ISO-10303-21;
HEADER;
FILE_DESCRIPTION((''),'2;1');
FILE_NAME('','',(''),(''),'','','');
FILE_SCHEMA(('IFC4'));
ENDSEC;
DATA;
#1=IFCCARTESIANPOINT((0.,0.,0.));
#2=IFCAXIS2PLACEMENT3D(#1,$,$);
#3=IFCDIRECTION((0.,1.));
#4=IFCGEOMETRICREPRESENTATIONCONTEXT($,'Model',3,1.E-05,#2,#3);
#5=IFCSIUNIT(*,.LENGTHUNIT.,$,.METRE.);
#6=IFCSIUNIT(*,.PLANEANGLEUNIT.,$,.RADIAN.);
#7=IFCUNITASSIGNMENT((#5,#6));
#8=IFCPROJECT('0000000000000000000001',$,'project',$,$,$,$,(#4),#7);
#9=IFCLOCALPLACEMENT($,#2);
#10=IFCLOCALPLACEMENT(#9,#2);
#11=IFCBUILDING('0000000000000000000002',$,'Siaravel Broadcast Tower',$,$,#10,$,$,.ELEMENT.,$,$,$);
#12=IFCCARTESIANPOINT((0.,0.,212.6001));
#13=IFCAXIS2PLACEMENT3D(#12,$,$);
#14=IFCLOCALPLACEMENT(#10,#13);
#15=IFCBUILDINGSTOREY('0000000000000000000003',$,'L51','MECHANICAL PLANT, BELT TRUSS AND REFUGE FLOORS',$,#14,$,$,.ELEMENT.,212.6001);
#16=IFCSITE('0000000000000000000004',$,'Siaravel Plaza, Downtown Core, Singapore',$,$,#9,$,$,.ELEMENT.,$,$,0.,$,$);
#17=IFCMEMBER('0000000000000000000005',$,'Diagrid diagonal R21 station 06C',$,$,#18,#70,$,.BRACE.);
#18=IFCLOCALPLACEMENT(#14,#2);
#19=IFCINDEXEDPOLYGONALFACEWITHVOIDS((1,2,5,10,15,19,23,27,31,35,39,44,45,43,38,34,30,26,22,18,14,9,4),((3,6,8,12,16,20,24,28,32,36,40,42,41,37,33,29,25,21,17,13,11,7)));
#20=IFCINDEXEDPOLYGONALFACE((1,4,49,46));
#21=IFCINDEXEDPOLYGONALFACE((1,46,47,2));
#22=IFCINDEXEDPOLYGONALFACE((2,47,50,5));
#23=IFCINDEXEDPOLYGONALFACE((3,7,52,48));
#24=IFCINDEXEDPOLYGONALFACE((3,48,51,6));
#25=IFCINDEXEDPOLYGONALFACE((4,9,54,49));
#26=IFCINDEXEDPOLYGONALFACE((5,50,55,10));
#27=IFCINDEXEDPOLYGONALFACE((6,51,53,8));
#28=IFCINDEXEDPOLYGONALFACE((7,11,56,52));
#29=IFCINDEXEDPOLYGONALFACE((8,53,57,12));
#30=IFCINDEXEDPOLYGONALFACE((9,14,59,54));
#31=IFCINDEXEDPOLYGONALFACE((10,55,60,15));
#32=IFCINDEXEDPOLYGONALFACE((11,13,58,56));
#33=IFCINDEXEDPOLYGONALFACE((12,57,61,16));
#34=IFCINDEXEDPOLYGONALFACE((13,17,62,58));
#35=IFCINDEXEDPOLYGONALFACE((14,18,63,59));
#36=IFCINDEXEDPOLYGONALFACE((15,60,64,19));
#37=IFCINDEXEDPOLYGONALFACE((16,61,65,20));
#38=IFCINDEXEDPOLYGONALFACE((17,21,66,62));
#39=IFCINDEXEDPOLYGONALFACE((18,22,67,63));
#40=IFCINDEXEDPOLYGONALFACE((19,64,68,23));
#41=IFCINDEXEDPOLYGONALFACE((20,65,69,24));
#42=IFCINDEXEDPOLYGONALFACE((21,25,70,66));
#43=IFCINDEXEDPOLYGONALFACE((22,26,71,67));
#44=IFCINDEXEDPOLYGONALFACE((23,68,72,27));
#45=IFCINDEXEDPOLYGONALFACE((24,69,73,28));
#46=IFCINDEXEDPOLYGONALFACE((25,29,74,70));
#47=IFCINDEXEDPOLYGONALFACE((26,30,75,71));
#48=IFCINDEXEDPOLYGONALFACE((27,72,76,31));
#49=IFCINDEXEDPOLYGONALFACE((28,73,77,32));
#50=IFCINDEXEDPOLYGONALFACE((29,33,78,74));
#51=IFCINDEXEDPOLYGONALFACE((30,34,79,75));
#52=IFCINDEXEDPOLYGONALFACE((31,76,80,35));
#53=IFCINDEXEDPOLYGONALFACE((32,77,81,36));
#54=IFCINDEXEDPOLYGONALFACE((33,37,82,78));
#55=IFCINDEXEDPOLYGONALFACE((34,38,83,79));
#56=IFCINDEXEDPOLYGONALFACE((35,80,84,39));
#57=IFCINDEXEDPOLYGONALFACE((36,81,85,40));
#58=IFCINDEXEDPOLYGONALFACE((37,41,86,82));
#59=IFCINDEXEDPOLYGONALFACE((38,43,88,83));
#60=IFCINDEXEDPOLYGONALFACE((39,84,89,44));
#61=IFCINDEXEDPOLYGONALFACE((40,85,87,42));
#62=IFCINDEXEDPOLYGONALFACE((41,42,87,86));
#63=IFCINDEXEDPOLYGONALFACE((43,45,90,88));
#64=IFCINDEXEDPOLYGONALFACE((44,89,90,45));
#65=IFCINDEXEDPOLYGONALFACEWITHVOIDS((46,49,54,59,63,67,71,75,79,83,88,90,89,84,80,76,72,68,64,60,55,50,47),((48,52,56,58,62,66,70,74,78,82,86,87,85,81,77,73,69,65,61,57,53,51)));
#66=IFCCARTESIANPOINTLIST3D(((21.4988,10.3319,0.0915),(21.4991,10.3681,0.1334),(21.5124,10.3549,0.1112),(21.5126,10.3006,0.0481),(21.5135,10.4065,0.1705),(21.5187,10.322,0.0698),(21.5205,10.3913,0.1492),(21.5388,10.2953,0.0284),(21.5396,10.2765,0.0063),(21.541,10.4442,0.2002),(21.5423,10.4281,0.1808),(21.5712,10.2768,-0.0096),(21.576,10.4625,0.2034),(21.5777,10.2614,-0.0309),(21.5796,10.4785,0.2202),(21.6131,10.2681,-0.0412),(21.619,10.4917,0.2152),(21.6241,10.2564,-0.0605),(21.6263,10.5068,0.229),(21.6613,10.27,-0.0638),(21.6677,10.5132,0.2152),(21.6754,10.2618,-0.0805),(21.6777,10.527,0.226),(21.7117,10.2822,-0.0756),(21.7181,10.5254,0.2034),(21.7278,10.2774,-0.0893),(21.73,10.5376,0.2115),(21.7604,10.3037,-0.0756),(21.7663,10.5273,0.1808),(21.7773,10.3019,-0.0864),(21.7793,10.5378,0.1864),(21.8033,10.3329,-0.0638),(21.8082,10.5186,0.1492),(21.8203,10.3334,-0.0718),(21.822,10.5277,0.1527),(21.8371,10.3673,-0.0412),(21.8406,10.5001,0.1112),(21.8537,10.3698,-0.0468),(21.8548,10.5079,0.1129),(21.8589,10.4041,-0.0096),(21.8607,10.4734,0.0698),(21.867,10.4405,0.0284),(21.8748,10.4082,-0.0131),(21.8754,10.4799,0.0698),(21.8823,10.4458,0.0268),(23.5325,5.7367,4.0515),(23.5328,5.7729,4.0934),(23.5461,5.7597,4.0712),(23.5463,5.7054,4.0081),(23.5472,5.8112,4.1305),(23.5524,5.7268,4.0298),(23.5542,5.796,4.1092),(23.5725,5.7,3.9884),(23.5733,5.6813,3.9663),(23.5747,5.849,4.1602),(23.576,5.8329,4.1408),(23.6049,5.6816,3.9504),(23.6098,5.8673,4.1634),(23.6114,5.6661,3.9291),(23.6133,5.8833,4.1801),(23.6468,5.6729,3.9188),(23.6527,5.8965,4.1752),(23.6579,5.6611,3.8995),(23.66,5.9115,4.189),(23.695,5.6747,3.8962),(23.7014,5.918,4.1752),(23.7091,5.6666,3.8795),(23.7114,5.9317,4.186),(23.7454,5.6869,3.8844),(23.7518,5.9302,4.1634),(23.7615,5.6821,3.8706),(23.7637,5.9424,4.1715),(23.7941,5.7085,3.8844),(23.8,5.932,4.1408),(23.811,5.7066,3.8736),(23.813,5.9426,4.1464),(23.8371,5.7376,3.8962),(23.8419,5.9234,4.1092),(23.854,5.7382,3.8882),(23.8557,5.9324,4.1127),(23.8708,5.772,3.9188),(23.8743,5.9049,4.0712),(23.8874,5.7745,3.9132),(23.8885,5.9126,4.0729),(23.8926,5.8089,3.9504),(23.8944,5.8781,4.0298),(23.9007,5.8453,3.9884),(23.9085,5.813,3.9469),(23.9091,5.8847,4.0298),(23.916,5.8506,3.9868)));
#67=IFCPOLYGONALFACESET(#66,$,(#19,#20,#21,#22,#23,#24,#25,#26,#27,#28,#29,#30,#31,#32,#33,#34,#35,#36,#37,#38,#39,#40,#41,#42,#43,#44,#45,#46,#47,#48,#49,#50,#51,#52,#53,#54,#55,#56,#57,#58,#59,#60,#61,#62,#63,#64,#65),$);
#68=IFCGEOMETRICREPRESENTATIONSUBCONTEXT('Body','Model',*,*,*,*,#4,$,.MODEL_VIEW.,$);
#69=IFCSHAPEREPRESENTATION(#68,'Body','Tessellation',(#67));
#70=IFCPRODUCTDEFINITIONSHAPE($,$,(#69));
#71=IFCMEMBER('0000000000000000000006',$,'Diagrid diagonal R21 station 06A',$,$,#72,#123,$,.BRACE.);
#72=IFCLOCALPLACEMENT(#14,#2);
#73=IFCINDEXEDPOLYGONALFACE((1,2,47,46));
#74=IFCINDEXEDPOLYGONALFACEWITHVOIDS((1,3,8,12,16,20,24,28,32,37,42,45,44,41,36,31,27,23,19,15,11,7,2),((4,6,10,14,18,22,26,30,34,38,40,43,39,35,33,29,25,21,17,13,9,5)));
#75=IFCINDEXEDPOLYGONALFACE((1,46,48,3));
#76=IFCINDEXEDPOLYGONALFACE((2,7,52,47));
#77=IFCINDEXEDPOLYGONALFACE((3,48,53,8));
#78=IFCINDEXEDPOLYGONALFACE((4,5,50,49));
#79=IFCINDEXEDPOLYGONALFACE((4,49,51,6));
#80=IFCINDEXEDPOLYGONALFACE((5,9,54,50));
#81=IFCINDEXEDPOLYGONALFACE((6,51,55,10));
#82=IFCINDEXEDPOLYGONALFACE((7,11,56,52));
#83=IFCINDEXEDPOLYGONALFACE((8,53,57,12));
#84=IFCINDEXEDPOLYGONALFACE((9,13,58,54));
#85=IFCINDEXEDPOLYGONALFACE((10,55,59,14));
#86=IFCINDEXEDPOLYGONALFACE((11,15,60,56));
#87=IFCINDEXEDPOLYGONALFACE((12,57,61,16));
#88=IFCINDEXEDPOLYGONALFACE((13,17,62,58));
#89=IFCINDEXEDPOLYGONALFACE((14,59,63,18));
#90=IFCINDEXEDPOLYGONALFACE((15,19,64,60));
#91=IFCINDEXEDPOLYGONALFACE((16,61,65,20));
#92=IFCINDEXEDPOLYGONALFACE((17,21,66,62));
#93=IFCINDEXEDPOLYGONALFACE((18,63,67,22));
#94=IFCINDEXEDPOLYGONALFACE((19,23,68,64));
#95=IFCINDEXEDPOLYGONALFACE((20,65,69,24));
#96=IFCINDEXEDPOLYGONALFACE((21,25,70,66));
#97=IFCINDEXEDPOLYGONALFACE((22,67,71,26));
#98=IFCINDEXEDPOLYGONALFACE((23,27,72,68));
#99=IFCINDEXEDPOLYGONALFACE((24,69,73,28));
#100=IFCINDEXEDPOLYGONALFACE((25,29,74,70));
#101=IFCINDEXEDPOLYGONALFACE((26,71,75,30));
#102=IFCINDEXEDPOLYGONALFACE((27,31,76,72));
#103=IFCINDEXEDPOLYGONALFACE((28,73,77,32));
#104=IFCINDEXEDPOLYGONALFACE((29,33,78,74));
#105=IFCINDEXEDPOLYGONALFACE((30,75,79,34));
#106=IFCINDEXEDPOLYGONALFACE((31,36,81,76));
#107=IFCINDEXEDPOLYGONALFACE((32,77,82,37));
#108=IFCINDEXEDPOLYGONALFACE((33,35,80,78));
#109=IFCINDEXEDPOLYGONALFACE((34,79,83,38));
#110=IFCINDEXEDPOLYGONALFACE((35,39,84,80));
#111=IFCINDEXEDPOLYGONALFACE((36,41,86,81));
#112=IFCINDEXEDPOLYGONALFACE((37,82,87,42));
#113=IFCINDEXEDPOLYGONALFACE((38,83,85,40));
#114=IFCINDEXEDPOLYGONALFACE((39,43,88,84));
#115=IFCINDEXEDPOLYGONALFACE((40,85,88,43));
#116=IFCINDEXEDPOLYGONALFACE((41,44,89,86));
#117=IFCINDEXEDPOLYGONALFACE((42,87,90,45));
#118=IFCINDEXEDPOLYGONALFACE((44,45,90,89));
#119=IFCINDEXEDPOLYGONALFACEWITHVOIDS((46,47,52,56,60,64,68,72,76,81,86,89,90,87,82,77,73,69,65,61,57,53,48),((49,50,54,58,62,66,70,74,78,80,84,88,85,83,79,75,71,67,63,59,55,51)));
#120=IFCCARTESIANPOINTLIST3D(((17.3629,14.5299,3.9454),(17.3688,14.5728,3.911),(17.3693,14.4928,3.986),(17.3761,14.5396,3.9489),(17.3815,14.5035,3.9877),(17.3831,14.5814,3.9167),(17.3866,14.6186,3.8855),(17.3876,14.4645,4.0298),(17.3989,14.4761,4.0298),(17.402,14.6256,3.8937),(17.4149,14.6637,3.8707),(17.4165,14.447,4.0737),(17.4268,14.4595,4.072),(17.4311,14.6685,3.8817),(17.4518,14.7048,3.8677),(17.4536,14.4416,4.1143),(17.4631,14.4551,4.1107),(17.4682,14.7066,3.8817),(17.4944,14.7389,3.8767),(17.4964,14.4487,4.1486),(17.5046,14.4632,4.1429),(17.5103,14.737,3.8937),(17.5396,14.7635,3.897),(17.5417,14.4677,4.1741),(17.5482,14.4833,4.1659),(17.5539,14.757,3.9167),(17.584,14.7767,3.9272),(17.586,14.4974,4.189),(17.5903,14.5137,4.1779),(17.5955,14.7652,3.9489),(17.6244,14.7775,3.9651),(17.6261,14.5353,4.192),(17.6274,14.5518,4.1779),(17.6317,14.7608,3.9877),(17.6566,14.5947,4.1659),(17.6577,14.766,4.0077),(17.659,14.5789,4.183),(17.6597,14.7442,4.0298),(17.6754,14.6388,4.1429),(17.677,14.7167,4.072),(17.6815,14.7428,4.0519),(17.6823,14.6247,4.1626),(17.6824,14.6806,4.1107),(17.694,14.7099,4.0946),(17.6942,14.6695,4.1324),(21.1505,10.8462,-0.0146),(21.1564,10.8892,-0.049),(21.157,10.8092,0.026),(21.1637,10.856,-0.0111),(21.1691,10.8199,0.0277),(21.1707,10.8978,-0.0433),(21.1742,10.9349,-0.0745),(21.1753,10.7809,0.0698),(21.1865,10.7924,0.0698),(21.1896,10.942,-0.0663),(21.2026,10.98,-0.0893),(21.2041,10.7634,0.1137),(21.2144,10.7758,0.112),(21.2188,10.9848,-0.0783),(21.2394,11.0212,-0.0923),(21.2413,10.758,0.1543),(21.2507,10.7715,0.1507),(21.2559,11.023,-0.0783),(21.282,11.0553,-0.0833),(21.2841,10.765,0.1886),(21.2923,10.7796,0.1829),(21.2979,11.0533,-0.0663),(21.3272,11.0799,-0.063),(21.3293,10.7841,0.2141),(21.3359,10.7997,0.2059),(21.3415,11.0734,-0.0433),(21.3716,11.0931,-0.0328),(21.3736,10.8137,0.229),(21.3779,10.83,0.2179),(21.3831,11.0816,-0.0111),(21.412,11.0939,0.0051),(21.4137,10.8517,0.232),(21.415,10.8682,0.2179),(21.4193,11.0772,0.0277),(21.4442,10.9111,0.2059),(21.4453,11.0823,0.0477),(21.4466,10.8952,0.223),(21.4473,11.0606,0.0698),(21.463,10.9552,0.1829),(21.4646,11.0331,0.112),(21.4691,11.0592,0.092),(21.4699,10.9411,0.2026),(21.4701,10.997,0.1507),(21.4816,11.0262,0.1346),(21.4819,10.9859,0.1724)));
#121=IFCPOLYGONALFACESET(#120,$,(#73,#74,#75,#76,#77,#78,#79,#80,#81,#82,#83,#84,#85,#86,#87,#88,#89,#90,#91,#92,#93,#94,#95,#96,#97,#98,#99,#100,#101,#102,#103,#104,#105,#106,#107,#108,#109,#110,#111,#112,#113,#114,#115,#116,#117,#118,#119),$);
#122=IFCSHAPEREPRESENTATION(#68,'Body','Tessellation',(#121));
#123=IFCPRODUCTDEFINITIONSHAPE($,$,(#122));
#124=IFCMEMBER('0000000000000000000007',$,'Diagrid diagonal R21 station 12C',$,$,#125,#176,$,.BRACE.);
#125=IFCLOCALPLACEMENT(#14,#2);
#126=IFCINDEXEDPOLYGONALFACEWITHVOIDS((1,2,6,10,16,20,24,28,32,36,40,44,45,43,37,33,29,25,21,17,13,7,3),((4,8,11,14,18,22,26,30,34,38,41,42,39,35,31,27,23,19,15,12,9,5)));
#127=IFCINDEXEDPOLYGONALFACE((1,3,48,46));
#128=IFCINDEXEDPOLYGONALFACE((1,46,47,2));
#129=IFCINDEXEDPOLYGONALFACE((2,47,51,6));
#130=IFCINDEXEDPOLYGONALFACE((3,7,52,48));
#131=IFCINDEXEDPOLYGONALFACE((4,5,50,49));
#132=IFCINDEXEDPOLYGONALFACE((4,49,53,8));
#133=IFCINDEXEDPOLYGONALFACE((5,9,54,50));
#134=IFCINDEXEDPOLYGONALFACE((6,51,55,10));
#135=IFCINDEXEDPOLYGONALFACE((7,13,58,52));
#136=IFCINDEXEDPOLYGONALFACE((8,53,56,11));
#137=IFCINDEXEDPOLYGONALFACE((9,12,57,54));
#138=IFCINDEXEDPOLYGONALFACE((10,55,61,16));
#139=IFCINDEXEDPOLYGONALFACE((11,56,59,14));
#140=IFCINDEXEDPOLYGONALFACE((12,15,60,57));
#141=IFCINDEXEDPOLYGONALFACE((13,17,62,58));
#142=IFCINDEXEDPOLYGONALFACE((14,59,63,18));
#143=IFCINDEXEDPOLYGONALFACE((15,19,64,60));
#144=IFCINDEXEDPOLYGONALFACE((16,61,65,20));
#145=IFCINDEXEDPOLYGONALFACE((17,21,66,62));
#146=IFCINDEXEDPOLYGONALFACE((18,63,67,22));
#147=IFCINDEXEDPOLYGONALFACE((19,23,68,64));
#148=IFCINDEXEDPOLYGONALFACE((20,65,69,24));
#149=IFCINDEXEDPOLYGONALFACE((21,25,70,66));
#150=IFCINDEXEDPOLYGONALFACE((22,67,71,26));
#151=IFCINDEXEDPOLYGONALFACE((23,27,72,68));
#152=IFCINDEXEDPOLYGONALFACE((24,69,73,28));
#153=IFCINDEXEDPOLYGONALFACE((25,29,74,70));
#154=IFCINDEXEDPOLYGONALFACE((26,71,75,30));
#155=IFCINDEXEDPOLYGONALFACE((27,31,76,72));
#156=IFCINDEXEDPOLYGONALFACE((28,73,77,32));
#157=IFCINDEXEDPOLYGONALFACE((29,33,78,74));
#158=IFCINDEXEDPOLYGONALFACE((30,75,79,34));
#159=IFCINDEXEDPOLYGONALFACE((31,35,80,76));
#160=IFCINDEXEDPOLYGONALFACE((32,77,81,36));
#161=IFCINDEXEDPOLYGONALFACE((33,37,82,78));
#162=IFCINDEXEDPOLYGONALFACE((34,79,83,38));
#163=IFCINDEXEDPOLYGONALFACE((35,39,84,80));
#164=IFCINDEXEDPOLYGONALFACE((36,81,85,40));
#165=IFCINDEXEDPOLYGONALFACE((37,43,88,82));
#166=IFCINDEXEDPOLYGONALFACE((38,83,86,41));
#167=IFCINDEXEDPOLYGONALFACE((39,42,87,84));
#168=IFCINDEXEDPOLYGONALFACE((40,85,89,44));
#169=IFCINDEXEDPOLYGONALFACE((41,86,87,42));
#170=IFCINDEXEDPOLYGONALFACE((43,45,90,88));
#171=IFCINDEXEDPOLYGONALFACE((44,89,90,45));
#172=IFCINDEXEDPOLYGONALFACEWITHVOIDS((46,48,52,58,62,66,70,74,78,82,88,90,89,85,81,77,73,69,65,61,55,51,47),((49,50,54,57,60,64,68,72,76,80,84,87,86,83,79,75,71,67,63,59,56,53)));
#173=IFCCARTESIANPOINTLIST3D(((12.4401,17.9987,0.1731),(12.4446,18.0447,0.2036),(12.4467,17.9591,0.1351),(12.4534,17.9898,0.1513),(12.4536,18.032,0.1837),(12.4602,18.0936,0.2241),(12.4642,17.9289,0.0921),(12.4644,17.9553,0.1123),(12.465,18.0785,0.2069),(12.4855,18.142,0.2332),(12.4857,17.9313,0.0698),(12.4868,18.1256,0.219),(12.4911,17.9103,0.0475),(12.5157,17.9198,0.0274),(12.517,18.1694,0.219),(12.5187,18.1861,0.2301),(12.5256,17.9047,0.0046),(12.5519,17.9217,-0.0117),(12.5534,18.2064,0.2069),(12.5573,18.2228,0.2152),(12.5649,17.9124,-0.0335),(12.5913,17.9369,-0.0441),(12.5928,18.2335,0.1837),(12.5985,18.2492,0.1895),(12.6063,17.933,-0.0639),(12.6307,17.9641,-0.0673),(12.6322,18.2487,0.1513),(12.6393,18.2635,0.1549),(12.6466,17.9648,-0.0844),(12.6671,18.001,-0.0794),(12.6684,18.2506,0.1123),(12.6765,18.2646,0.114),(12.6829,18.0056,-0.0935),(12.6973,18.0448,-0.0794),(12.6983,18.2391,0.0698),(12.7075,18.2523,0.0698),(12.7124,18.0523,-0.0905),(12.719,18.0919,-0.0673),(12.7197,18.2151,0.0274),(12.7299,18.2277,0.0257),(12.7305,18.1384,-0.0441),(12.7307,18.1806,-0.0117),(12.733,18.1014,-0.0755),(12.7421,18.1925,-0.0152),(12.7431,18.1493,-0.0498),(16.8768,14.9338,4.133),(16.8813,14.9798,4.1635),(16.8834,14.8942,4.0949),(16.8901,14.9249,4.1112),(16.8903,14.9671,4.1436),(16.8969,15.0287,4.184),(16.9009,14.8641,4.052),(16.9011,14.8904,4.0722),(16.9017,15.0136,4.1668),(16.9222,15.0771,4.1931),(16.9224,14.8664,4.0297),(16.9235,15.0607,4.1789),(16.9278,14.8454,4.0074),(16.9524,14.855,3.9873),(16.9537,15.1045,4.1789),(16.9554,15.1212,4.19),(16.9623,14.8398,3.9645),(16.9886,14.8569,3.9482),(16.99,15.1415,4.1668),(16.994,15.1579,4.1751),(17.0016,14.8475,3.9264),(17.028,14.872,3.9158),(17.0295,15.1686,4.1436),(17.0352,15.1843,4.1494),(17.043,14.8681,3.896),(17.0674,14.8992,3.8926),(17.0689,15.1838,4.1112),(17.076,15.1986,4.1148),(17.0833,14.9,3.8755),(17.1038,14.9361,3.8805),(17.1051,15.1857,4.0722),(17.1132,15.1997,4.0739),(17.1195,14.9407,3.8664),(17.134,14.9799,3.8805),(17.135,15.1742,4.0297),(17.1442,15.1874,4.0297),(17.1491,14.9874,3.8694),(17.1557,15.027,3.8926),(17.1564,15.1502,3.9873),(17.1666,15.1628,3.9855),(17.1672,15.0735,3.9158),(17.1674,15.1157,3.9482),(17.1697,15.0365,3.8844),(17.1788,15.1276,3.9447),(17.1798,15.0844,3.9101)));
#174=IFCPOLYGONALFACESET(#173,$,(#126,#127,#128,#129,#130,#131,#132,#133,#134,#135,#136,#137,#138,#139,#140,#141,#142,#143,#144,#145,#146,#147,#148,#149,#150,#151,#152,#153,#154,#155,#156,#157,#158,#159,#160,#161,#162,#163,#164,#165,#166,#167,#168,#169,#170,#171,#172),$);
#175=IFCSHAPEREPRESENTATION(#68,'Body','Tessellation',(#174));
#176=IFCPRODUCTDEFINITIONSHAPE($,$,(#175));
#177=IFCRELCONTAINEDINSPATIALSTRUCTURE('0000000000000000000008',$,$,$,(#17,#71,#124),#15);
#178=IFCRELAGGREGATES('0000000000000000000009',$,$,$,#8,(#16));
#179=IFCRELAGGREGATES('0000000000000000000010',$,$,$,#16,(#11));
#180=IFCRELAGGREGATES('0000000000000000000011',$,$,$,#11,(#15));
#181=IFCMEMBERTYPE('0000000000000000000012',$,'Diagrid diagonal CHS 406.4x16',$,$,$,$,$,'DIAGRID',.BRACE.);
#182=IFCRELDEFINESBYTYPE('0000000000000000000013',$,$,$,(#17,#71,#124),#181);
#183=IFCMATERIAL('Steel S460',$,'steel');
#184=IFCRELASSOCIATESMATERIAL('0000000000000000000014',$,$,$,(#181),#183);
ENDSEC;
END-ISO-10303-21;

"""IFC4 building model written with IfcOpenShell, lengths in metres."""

from ifc_helpers import new_model, si_unit, direction, frame, origin, origin_2d, place, context, subcontext, project, spatial, hollow_circle, extrude, material, material_profile, profile_set, type_object, element, save


model = new_model("IFC4")

# Units and contexts
model_context = context("Model", 3, precision=1e-05, world=origin(), true_north=direction((0.0, 1.0)))
body_context = subcontext(model_context, "Body", "Model", "MODEL_VIEW")
ifc_project = project(units=[si_unit("LENGTHUNIT", "METRE"), si_unit("PLANEANGLEUNIT", "RADIAN")], contexts=[model_context])

# Site, building, storey
site_placement = place(None, origin())
site = spatial("IfcSite", under=ifc_project, at=site_placement, Name="Siaravel Plaza, Downtown Core, Singapore", CompositionType="ELEMENT", RefElevation=0.0)
building_placement = place(site_placement, origin())
building = spatial("IfcBuilding", under=site, at=building_placement, Name="Siaravel Broadcast Tower", CompositionType="ELEMENT")
storey_placement = place(building_placement, frame((0.0, 0.0, 212.6001)))
storey = spatial("IfcBuildingStorey", under=building, at=storey_placement, Name="L51", Description="MECHANICAL PLANT, BELT TRUSS AND REFUGE FLOORS", CompositionType="ELEMENT", Elevation=212.6001)

# Shared definitions
ifc_material_1 = material(Name="Steel S460", Category="steel")

# Members
ifc_material_profile_1 = material_profile(ifc_material_1, hollow_circle(Radius=0.2031, WallThickness=0.0161, at=origin_2d()))
ifc_profile_set_1 = profile_set([ifc_material_profile_1], Name="Steel S460")
member_type_1 = type_object("IfcMemberType", Name="Diagrid diagonal CHS 406.4x16", ElementType="DIAGRID", PredefinedType="BRACE", material=ifc_profile_set_1)
member_1_placement = place(storey_placement, frame((21.6897, 10.3977, 0.0698), z_axis=(0.317868, -0.718237, 0.618946), x_axis=(0.914448, 0.404704, 0.0)))
element("IfcMember", 1, at=member_1_placement, inside=storey, type_object=member_type_1, Name="Diagrid diagonal R21 station 06C", PredefinedType="BRACE", context=body_context, shape_type="SweptSolid", body=[
    extrude(hollow_circle(Radius=0.2031, WallThickness=0.0161, at=origin_2d()), origin(), (0.0, 0.0, 1.0), 6.3979),
])
member_2_placement = place(storey_placement, frame((21.3169, 10.9265, 0.0698), z_axis=(-0.573641, 0.557889, 0.599746), x_axis=(-0.697196, -0.716881, 0.0)))
element("IfcMember", 2, at=member_2_placement, inside=storey, type_object=member_type_1, Name="Diagrid diagonal R21 station 06A", PredefinedType="BRACE", context=body_context, shape_type="SweptSolid", body=[
    extrude(hollow_circle(Radius=0.2031, WallThickness=0.0161, at=origin_2d()), origin(), (0.0, 0.0, 1.0), 6.6028),
])
member_3_placement = place(storey_placement, frame((12.592, 18.0852, 0.0698), z_axis=(0.663165, -0.458117, 0.591896), x_axis=(0.568374, 0.82277, 0.0)))
element("IfcMember", 3, at=member_3_placement, inside=storey, type_object=member_type_1, Name="Diagrid diagonal R21 station 12C", PredefinedType="BRACE", context=body_context, shape_type="SweptSolid", body=[
    extrude(hollow_circle(Radius=0.2031, WallThickness=0.0161, at=origin_2d()), origin(), (0.0, 0.0, 1.0), 6.6902),
])

save(model, "model.ifc")
